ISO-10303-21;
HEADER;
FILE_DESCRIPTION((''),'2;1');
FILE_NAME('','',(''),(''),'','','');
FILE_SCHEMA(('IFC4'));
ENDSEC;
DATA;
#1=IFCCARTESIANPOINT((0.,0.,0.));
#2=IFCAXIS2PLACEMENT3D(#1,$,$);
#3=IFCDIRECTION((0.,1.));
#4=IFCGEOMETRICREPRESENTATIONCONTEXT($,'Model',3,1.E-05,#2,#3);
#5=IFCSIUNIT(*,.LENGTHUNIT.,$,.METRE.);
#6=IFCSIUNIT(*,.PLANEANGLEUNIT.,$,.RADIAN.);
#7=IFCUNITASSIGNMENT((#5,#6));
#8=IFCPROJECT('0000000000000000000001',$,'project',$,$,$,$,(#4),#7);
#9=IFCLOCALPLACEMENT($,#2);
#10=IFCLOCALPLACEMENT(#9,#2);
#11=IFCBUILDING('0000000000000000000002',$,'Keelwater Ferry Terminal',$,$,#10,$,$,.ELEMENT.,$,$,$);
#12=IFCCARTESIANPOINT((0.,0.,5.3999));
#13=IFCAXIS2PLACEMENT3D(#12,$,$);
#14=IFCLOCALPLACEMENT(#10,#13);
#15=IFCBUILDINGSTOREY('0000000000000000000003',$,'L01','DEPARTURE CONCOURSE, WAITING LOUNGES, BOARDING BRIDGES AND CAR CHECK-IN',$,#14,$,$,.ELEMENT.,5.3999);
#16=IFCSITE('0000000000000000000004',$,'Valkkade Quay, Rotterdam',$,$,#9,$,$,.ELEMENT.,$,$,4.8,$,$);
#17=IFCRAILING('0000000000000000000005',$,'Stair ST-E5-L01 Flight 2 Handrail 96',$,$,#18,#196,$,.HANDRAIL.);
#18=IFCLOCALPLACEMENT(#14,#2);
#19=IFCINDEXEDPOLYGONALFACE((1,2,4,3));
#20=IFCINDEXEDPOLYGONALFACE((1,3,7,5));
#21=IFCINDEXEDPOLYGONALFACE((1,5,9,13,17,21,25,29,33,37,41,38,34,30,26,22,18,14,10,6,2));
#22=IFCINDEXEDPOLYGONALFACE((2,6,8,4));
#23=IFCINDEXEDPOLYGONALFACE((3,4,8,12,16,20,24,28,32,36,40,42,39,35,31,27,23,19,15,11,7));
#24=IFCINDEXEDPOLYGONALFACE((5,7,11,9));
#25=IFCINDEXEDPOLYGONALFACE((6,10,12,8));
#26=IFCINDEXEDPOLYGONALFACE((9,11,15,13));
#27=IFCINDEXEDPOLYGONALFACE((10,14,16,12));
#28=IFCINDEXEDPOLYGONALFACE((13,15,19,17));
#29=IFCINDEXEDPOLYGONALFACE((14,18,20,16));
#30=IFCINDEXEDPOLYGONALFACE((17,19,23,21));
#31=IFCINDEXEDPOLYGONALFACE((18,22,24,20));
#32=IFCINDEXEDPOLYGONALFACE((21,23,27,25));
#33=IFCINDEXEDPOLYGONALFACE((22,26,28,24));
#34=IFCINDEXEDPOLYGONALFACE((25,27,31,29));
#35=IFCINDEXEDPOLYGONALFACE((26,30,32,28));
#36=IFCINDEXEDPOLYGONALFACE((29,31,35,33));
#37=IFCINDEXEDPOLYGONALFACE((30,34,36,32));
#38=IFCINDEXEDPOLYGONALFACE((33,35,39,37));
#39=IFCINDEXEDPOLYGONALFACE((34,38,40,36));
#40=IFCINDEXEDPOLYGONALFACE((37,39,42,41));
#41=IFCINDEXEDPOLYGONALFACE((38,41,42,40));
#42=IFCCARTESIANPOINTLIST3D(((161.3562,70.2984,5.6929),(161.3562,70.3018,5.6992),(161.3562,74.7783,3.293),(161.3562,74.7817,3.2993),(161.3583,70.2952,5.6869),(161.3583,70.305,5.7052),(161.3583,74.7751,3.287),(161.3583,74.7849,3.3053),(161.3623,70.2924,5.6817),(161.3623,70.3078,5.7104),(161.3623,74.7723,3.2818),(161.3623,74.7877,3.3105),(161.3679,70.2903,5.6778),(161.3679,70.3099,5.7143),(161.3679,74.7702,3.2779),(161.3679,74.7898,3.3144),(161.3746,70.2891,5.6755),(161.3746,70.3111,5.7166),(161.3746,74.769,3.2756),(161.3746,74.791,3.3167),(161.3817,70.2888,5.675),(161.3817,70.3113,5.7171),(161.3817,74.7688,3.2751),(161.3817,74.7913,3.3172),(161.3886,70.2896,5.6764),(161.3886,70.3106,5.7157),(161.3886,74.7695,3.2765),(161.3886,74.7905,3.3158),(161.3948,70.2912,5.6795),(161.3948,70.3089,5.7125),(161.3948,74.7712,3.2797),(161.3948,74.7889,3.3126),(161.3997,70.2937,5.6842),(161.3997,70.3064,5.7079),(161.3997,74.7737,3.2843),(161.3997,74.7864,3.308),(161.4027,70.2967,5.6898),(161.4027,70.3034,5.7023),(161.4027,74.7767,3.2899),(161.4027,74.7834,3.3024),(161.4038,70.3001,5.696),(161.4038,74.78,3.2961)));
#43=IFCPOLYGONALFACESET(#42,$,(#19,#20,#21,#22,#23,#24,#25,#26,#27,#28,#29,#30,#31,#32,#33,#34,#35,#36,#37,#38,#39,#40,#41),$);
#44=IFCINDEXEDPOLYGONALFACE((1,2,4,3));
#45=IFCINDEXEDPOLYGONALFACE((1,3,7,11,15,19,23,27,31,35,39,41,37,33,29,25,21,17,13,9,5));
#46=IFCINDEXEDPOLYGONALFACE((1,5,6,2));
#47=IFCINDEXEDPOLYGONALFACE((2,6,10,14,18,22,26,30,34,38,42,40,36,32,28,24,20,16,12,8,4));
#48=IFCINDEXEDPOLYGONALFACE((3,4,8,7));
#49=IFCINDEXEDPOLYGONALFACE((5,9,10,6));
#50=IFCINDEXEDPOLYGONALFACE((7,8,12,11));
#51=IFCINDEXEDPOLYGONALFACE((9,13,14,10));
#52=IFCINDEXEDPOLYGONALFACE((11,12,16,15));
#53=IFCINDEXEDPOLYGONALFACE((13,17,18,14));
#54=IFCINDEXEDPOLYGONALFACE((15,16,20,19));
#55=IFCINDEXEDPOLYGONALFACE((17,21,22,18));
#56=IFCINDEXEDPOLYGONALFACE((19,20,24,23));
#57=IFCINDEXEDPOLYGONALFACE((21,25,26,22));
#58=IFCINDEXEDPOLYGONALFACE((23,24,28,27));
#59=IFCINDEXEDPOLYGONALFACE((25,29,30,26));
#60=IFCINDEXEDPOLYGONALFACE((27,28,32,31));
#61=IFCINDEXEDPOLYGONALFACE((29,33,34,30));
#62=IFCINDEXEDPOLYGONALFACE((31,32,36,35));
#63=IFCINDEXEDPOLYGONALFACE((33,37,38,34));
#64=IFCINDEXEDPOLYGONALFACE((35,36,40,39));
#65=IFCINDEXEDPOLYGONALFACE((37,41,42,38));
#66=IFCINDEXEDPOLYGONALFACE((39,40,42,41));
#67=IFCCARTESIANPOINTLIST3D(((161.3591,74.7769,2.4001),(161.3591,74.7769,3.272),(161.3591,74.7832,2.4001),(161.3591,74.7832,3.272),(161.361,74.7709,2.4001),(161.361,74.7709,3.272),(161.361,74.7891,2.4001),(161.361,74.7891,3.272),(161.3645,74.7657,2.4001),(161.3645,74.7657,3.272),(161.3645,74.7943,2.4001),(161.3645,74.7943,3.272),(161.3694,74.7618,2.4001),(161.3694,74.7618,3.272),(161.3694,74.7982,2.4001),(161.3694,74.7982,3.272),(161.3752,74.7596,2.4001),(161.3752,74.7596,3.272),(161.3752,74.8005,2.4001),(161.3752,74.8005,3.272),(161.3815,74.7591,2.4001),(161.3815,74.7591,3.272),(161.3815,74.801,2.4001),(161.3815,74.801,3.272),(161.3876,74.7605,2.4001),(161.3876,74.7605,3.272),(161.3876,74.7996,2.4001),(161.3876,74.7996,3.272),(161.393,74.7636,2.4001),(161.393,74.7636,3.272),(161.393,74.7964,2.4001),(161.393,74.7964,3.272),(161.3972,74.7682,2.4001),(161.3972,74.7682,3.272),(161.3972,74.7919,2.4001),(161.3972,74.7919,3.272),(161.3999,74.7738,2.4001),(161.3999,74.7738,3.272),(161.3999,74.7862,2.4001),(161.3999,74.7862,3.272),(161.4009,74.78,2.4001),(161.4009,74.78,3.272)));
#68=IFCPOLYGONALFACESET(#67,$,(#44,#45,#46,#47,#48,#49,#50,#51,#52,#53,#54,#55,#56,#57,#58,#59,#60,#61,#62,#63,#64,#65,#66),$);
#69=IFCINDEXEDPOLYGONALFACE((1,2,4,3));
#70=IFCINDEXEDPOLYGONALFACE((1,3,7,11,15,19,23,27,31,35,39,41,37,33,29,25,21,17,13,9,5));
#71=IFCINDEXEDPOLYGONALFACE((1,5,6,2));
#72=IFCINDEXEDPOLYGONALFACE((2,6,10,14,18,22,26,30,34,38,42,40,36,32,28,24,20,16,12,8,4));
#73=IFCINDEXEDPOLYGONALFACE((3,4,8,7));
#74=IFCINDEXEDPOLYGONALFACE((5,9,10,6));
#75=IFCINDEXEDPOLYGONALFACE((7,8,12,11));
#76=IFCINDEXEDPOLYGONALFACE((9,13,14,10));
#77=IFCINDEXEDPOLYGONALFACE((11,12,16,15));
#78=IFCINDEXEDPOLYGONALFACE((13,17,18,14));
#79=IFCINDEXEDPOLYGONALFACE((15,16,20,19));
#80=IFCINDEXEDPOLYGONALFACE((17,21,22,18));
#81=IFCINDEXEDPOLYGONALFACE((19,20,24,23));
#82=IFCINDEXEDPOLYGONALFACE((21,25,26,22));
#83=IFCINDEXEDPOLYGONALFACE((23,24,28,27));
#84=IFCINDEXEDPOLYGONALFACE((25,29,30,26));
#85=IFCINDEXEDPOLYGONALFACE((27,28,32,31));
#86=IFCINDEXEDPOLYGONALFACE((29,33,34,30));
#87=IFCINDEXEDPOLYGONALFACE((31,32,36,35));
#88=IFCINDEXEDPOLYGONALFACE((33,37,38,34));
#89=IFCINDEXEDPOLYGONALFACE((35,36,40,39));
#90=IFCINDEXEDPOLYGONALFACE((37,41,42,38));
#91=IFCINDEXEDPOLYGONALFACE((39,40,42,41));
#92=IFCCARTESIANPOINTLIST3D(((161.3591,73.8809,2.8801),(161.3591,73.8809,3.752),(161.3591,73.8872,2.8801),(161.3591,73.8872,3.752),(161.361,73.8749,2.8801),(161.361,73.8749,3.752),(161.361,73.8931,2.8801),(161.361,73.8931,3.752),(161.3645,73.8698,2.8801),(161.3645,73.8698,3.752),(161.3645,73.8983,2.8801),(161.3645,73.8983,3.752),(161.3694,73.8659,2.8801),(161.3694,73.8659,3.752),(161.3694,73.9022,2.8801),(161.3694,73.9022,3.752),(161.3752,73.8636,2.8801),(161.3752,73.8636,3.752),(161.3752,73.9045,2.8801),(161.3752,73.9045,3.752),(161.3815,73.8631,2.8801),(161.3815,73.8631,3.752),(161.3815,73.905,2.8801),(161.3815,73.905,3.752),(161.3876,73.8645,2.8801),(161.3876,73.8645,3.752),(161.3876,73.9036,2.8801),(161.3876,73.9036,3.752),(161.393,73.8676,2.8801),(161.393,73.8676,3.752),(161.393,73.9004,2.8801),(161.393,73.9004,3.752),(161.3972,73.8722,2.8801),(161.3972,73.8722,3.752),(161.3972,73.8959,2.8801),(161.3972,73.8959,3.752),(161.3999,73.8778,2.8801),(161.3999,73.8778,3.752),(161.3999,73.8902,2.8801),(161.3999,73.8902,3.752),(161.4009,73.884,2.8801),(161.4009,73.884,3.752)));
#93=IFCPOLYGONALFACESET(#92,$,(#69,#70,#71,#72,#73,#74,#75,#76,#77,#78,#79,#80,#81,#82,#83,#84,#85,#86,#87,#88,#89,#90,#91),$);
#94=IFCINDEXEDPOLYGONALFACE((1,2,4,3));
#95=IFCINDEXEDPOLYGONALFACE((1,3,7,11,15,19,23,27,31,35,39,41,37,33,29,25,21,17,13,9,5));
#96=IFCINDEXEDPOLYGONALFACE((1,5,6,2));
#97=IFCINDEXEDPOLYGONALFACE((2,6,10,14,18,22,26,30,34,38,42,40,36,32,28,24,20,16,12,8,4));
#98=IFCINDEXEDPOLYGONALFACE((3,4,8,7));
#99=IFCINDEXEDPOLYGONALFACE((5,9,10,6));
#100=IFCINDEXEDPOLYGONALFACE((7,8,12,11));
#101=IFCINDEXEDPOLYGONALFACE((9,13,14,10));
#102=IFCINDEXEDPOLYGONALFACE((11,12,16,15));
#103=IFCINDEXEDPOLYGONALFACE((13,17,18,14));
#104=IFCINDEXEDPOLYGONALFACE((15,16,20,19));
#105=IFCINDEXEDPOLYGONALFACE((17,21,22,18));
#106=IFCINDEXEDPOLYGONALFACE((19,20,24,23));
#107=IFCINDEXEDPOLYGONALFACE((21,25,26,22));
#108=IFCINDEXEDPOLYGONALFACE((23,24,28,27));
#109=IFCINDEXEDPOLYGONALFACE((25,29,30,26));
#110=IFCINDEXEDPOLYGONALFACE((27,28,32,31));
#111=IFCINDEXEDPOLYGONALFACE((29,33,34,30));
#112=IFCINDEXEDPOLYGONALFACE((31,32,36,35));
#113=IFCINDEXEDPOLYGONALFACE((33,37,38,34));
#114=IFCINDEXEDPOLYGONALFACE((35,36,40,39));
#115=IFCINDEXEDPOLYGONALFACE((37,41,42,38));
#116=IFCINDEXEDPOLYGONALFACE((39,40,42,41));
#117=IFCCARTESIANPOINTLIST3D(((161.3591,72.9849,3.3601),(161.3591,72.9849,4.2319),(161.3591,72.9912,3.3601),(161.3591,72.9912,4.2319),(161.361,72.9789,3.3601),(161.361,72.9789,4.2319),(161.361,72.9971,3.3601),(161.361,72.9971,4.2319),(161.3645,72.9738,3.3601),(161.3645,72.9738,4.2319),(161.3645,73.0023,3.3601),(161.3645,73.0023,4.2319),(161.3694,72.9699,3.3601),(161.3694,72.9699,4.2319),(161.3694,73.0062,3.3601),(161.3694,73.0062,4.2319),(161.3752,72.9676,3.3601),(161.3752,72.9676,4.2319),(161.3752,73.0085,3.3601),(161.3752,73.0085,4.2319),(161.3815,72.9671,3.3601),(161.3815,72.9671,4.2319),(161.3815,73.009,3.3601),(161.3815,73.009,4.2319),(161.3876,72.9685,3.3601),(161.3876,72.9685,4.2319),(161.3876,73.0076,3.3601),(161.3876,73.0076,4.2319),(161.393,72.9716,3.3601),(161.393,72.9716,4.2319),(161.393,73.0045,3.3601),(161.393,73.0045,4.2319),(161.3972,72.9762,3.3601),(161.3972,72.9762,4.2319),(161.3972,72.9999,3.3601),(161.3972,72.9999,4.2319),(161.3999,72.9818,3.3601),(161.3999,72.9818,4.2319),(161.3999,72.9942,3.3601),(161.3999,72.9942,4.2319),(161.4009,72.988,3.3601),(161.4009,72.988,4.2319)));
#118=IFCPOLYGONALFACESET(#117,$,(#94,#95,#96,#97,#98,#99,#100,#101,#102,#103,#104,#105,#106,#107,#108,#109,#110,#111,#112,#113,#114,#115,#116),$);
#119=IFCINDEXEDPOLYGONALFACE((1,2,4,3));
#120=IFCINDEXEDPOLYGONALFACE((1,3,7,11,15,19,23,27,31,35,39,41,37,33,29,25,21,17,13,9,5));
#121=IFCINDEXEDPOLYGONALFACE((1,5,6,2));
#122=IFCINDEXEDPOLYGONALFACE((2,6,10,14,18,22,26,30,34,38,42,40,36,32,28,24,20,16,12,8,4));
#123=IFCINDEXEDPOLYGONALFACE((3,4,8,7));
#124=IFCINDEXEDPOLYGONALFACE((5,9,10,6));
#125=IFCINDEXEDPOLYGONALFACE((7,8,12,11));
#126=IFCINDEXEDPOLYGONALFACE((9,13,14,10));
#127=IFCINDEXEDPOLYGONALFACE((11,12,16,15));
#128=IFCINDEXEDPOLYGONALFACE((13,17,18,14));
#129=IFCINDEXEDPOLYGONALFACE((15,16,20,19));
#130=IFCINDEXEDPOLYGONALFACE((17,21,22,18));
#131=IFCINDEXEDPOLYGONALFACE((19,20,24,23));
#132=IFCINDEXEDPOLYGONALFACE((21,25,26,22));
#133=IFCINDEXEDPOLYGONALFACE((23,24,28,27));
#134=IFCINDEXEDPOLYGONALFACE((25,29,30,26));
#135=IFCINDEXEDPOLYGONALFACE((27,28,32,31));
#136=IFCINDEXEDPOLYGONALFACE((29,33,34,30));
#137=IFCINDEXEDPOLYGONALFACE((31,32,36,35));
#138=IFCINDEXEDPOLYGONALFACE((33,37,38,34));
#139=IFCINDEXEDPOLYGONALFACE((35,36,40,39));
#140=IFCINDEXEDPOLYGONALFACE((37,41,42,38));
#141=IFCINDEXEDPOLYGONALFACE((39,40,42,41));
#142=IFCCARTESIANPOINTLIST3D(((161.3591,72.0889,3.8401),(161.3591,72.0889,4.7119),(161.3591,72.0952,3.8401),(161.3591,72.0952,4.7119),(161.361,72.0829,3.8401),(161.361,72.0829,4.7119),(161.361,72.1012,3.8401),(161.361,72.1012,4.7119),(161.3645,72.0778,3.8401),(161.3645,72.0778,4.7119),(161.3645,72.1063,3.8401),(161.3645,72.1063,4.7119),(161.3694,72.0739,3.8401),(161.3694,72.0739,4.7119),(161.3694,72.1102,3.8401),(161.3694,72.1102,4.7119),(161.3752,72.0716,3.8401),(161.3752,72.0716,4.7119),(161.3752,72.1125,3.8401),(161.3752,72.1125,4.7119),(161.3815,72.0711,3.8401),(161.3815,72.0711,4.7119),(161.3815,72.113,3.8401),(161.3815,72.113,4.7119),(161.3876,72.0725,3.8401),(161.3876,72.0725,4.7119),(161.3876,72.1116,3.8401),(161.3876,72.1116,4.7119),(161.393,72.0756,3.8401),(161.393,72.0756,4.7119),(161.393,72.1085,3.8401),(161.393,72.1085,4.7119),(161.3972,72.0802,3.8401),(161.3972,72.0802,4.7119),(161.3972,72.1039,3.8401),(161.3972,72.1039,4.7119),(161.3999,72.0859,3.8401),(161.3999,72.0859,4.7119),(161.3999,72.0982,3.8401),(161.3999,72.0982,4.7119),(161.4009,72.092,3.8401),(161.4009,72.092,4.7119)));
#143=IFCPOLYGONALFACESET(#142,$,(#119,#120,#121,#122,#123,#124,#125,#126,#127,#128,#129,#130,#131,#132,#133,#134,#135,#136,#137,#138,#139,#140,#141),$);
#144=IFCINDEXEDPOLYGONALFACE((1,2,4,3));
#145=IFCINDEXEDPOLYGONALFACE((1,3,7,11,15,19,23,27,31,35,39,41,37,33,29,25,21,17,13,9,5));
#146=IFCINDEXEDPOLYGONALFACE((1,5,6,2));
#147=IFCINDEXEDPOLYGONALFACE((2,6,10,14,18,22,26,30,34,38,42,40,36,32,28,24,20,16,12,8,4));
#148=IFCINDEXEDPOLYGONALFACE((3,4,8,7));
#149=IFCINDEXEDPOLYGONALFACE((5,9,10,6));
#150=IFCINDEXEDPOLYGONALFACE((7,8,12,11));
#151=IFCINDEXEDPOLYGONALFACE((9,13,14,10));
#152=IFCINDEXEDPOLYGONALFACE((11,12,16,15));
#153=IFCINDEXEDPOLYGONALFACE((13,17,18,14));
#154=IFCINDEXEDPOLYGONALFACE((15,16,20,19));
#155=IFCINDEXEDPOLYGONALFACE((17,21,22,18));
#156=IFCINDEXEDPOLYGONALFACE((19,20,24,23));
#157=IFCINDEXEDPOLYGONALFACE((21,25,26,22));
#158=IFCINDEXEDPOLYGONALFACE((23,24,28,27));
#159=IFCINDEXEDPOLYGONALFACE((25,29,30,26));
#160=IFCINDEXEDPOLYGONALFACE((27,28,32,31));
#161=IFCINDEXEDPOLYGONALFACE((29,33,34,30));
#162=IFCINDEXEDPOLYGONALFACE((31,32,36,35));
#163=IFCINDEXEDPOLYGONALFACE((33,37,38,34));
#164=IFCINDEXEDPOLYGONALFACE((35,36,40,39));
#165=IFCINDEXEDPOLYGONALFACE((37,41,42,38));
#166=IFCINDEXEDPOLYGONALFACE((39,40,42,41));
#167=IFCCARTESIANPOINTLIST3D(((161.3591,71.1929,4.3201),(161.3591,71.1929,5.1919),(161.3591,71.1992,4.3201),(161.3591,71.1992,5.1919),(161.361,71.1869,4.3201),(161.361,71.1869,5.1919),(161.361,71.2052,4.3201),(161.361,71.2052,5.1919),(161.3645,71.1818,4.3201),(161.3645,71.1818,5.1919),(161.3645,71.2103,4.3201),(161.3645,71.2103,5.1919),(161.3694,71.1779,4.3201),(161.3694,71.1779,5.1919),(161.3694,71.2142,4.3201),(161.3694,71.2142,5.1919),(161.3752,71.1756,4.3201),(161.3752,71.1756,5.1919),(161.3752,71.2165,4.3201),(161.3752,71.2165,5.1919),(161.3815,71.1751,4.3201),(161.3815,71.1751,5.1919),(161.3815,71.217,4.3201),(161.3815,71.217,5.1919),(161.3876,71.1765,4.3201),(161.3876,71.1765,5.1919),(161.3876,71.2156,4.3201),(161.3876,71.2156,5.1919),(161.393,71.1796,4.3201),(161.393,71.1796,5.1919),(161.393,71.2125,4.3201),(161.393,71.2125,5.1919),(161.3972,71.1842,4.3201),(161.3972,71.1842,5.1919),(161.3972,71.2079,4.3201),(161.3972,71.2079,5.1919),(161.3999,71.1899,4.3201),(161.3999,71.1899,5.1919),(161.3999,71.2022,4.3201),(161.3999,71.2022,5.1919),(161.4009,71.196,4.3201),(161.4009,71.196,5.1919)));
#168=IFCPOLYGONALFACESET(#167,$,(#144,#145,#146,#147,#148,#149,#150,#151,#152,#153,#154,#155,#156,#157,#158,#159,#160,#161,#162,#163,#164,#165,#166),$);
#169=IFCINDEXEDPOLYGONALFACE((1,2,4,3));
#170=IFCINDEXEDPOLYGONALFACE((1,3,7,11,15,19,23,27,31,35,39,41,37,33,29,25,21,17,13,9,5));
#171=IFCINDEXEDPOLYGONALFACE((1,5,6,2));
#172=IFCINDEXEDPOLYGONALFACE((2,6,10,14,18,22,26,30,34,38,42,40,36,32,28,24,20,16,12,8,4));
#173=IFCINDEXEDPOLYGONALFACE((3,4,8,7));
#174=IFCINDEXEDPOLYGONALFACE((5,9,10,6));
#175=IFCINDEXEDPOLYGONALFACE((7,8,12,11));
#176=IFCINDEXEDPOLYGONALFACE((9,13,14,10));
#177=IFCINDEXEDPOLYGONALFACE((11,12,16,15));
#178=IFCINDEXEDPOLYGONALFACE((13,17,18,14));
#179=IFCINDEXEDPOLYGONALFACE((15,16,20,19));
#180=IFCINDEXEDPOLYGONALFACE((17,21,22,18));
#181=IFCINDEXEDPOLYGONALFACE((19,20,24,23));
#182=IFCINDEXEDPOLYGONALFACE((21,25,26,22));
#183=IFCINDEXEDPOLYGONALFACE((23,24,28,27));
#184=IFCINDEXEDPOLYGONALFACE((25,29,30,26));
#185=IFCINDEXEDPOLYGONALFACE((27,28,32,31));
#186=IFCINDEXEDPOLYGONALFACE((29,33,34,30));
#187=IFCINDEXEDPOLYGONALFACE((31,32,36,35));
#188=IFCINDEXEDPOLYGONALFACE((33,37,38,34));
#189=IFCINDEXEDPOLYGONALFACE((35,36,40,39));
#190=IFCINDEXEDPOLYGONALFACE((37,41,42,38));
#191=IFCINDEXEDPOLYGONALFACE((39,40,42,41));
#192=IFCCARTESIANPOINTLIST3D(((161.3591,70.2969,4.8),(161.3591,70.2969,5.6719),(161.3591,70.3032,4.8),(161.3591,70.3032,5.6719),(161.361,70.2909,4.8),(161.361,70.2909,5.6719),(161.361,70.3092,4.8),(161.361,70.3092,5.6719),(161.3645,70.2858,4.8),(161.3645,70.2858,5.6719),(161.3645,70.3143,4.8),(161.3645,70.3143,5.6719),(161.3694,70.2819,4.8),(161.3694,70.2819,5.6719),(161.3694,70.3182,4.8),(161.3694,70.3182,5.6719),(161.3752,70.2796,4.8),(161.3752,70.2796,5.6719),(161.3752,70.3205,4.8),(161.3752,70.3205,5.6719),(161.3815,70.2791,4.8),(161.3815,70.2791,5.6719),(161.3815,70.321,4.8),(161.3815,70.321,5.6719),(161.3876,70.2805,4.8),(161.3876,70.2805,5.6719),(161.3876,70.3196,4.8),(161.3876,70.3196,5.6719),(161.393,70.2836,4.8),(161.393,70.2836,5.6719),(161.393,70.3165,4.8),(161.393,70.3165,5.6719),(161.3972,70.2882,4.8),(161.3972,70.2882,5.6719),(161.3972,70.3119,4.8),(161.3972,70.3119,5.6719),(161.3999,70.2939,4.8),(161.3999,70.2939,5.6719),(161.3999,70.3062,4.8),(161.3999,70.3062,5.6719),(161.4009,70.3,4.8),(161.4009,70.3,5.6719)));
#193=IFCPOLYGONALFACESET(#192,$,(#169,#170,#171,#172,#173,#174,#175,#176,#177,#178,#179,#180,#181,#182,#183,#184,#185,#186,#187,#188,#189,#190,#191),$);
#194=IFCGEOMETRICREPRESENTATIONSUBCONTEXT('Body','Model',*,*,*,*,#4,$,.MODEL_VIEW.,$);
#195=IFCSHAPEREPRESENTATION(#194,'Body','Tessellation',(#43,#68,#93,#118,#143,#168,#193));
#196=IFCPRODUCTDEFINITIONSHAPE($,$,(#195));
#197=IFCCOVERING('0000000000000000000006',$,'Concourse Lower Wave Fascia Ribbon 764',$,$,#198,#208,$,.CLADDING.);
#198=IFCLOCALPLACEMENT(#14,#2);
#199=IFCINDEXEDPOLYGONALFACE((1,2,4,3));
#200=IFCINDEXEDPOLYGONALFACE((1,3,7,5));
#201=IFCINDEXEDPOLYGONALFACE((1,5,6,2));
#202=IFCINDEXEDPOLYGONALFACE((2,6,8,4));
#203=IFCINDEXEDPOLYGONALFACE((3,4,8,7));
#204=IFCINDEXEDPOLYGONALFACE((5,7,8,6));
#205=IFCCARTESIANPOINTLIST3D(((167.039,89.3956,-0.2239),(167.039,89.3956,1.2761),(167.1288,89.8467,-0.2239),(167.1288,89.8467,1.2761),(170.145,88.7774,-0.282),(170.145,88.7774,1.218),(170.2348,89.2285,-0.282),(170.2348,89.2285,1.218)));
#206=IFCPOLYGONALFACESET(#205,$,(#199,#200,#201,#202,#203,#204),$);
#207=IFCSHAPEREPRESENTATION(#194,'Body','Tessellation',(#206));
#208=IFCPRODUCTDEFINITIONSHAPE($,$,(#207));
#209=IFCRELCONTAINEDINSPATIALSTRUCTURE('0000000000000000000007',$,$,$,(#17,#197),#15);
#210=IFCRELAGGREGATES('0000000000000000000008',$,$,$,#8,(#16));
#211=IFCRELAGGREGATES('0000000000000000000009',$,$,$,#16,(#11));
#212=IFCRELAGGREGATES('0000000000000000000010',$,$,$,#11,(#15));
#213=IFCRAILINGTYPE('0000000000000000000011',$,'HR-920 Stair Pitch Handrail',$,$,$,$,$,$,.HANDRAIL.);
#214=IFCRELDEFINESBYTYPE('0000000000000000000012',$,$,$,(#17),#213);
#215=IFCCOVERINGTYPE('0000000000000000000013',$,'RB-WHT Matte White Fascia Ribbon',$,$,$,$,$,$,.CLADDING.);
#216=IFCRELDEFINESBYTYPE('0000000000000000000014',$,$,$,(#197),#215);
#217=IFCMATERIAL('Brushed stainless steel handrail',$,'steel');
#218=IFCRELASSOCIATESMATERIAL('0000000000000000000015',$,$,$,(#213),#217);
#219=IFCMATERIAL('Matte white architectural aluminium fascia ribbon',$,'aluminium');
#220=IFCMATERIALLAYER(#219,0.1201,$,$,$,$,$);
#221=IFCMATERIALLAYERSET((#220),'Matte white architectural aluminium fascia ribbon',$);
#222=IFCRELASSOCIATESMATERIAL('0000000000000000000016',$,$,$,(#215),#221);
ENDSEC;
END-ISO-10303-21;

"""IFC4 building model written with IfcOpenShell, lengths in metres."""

from ifc_helpers import new_model, si_unit, direction, frame, origin, origin_2d, place, context, subcontext, project, spatial, polyline, circle, outline, extrude, material, layer, layer_set, type_object, element, save


model = new_model("IFC4")

# Units and contexts
model_context = context("Model", 3, precision=1e-05, world=origin(), true_north=direction((0.0, 1.0)))
body_context = subcontext(model_context, "Body", "Model", "MODEL_VIEW")
ifc_project = project(units=[si_unit("LENGTHUNIT", "METRE"), si_unit("PLANEANGLEUNIT", "RADIAN")], contexts=[model_context])

# Site, building, storey
site_placement = place(None, origin())
site = spatial("IfcSite", under=ifc_project, at=site_placement, Name="Valkkade Quay, Rotterdam", CompositionType="ELEMENT", RefElevation=4.8)
building_placement = place(site_placement, origin())
building = spatial("IfcBuilding", under=site, at=building_placement, Name="Keelwater Ferry Terminal", CompositionType="ELEMENT")
storey_placement = place(building_placement, frame((0.0, 0.0, 5.3999)))
storey = spatial("IfcBuildingStorey", under=building, at=storey_placement, Name="L01", Description="DEPARTURE CONCOURSE, WAITING LOUNGES, BOARDING BRIDGES AND CAR CHECK-IN", CompositionType="ELEMENT", Elevation=5.3999)

# Railing
ifc_material_1 = material(Name="Brushed stainless steel handrail", Category="steel")
railing_type_1 = type_object("IfcRailingType", Name="HR-920 Stair Pitch Handrail", PredefinedType="HANDRAIL", material=ifc_material_1)
railing_1_placement = place(storey_placement, frame((161.3799, 74.78, 2.4001)))
element("IfcRailing", 1, at=railing_1_placement, inside=storey, type_object=railing_type_1, Name="Stair ST-E5-L01 Flight 2 Handrail 96", PredefinedType="HANDRAIL", context=body_context, shape_type="SweptSolid", body=[
    extrude(circle(Radius=0.0239, at=origin_2d()), frame((0.0, 0.0, 0.896), z_axis=(0.0, -0.881487, 0.472208), x_axis=(1.0, 0.0, 0.0)), (0.0, 0.0, 1.0), 5.0823),
    extrude(circle(Radius=0.021, at=origin_2d()), origin(), (0.0, 0.0, 1.0), 0.8718),
    extrude(circle(Radius=0.021, at=origin_2d()), frame((0.0, -0.896, 0.48)), (0.0, 0.0, 1.0), 0.8718),
    extrude(circle(Radius=0.021, at=origin_2d()), frame((0.0, -1.792, 0.96)), (0.0, 0.0, 1.0), 0.8718),
    extrude(circle(Radius=0.021, at=origin_2d()), frame((0.0, -2.688, 1.4399)), (0.0, 0.0, 1.0), 0.8718),
    extrude(circle(Radius=0.021, at=origin_2d()), frame((0.0, -3.584, 1.9199)), (0.0, 0.0, 1.0), 0.8718),
    extrude(circle(Radius=0.021, at=origin_2d()), frame((0.0, -4.48, 2.3999)), (0.0, 0.0, 1.0), 0.8718),
])

# Covering
ifc_material_2 = material(Name="Matte white architectural aluminium fascia ribbon", Category="aluminium")
ifc_layer_1 = layer(ifc_material_2, 0.1201)
ifc_layer_set_1 = layer_set([ifc_layer_1], Name="Matte white architectural aluminium fascia ribbon")
covering_type = type_object("IfcCoveringType", Name="RB-WHT Matte White Fascia Ribbon", PredefinedType="CLADDING", material=ifc_layer_set_1)
covering_1_placement = place(storey_placement, frame((170.1899, 89.0029, -0.282), z_axis=(0.0, 0.0, 1.0), x_axis=(-0.980764, 0.195197, 0.0)))
element("IfcCovering", 2, at=covering_1_placement, inside=storey, type_object=covering_type, Name="Concourse Lower Wave Fascia Ribbon 764", PredefinedType="CLADDING", context=body_context, shape_type="SweptSolid", body=[
    extrude(outline(polyline([(0.0, 0.0), (3.167, 0.0581), (3.167, 1.5581), (0.0, 1.5), (0.0, 0.0)])), frame((0.0, 0.23, 0.0), z_axis=(0.0, -1.0, 0.0), x_axis=(1.0, 0.0, 0.0)), (0.0, 0.0, 1.0), 0.46),
])

save(model, "model.ifc")
